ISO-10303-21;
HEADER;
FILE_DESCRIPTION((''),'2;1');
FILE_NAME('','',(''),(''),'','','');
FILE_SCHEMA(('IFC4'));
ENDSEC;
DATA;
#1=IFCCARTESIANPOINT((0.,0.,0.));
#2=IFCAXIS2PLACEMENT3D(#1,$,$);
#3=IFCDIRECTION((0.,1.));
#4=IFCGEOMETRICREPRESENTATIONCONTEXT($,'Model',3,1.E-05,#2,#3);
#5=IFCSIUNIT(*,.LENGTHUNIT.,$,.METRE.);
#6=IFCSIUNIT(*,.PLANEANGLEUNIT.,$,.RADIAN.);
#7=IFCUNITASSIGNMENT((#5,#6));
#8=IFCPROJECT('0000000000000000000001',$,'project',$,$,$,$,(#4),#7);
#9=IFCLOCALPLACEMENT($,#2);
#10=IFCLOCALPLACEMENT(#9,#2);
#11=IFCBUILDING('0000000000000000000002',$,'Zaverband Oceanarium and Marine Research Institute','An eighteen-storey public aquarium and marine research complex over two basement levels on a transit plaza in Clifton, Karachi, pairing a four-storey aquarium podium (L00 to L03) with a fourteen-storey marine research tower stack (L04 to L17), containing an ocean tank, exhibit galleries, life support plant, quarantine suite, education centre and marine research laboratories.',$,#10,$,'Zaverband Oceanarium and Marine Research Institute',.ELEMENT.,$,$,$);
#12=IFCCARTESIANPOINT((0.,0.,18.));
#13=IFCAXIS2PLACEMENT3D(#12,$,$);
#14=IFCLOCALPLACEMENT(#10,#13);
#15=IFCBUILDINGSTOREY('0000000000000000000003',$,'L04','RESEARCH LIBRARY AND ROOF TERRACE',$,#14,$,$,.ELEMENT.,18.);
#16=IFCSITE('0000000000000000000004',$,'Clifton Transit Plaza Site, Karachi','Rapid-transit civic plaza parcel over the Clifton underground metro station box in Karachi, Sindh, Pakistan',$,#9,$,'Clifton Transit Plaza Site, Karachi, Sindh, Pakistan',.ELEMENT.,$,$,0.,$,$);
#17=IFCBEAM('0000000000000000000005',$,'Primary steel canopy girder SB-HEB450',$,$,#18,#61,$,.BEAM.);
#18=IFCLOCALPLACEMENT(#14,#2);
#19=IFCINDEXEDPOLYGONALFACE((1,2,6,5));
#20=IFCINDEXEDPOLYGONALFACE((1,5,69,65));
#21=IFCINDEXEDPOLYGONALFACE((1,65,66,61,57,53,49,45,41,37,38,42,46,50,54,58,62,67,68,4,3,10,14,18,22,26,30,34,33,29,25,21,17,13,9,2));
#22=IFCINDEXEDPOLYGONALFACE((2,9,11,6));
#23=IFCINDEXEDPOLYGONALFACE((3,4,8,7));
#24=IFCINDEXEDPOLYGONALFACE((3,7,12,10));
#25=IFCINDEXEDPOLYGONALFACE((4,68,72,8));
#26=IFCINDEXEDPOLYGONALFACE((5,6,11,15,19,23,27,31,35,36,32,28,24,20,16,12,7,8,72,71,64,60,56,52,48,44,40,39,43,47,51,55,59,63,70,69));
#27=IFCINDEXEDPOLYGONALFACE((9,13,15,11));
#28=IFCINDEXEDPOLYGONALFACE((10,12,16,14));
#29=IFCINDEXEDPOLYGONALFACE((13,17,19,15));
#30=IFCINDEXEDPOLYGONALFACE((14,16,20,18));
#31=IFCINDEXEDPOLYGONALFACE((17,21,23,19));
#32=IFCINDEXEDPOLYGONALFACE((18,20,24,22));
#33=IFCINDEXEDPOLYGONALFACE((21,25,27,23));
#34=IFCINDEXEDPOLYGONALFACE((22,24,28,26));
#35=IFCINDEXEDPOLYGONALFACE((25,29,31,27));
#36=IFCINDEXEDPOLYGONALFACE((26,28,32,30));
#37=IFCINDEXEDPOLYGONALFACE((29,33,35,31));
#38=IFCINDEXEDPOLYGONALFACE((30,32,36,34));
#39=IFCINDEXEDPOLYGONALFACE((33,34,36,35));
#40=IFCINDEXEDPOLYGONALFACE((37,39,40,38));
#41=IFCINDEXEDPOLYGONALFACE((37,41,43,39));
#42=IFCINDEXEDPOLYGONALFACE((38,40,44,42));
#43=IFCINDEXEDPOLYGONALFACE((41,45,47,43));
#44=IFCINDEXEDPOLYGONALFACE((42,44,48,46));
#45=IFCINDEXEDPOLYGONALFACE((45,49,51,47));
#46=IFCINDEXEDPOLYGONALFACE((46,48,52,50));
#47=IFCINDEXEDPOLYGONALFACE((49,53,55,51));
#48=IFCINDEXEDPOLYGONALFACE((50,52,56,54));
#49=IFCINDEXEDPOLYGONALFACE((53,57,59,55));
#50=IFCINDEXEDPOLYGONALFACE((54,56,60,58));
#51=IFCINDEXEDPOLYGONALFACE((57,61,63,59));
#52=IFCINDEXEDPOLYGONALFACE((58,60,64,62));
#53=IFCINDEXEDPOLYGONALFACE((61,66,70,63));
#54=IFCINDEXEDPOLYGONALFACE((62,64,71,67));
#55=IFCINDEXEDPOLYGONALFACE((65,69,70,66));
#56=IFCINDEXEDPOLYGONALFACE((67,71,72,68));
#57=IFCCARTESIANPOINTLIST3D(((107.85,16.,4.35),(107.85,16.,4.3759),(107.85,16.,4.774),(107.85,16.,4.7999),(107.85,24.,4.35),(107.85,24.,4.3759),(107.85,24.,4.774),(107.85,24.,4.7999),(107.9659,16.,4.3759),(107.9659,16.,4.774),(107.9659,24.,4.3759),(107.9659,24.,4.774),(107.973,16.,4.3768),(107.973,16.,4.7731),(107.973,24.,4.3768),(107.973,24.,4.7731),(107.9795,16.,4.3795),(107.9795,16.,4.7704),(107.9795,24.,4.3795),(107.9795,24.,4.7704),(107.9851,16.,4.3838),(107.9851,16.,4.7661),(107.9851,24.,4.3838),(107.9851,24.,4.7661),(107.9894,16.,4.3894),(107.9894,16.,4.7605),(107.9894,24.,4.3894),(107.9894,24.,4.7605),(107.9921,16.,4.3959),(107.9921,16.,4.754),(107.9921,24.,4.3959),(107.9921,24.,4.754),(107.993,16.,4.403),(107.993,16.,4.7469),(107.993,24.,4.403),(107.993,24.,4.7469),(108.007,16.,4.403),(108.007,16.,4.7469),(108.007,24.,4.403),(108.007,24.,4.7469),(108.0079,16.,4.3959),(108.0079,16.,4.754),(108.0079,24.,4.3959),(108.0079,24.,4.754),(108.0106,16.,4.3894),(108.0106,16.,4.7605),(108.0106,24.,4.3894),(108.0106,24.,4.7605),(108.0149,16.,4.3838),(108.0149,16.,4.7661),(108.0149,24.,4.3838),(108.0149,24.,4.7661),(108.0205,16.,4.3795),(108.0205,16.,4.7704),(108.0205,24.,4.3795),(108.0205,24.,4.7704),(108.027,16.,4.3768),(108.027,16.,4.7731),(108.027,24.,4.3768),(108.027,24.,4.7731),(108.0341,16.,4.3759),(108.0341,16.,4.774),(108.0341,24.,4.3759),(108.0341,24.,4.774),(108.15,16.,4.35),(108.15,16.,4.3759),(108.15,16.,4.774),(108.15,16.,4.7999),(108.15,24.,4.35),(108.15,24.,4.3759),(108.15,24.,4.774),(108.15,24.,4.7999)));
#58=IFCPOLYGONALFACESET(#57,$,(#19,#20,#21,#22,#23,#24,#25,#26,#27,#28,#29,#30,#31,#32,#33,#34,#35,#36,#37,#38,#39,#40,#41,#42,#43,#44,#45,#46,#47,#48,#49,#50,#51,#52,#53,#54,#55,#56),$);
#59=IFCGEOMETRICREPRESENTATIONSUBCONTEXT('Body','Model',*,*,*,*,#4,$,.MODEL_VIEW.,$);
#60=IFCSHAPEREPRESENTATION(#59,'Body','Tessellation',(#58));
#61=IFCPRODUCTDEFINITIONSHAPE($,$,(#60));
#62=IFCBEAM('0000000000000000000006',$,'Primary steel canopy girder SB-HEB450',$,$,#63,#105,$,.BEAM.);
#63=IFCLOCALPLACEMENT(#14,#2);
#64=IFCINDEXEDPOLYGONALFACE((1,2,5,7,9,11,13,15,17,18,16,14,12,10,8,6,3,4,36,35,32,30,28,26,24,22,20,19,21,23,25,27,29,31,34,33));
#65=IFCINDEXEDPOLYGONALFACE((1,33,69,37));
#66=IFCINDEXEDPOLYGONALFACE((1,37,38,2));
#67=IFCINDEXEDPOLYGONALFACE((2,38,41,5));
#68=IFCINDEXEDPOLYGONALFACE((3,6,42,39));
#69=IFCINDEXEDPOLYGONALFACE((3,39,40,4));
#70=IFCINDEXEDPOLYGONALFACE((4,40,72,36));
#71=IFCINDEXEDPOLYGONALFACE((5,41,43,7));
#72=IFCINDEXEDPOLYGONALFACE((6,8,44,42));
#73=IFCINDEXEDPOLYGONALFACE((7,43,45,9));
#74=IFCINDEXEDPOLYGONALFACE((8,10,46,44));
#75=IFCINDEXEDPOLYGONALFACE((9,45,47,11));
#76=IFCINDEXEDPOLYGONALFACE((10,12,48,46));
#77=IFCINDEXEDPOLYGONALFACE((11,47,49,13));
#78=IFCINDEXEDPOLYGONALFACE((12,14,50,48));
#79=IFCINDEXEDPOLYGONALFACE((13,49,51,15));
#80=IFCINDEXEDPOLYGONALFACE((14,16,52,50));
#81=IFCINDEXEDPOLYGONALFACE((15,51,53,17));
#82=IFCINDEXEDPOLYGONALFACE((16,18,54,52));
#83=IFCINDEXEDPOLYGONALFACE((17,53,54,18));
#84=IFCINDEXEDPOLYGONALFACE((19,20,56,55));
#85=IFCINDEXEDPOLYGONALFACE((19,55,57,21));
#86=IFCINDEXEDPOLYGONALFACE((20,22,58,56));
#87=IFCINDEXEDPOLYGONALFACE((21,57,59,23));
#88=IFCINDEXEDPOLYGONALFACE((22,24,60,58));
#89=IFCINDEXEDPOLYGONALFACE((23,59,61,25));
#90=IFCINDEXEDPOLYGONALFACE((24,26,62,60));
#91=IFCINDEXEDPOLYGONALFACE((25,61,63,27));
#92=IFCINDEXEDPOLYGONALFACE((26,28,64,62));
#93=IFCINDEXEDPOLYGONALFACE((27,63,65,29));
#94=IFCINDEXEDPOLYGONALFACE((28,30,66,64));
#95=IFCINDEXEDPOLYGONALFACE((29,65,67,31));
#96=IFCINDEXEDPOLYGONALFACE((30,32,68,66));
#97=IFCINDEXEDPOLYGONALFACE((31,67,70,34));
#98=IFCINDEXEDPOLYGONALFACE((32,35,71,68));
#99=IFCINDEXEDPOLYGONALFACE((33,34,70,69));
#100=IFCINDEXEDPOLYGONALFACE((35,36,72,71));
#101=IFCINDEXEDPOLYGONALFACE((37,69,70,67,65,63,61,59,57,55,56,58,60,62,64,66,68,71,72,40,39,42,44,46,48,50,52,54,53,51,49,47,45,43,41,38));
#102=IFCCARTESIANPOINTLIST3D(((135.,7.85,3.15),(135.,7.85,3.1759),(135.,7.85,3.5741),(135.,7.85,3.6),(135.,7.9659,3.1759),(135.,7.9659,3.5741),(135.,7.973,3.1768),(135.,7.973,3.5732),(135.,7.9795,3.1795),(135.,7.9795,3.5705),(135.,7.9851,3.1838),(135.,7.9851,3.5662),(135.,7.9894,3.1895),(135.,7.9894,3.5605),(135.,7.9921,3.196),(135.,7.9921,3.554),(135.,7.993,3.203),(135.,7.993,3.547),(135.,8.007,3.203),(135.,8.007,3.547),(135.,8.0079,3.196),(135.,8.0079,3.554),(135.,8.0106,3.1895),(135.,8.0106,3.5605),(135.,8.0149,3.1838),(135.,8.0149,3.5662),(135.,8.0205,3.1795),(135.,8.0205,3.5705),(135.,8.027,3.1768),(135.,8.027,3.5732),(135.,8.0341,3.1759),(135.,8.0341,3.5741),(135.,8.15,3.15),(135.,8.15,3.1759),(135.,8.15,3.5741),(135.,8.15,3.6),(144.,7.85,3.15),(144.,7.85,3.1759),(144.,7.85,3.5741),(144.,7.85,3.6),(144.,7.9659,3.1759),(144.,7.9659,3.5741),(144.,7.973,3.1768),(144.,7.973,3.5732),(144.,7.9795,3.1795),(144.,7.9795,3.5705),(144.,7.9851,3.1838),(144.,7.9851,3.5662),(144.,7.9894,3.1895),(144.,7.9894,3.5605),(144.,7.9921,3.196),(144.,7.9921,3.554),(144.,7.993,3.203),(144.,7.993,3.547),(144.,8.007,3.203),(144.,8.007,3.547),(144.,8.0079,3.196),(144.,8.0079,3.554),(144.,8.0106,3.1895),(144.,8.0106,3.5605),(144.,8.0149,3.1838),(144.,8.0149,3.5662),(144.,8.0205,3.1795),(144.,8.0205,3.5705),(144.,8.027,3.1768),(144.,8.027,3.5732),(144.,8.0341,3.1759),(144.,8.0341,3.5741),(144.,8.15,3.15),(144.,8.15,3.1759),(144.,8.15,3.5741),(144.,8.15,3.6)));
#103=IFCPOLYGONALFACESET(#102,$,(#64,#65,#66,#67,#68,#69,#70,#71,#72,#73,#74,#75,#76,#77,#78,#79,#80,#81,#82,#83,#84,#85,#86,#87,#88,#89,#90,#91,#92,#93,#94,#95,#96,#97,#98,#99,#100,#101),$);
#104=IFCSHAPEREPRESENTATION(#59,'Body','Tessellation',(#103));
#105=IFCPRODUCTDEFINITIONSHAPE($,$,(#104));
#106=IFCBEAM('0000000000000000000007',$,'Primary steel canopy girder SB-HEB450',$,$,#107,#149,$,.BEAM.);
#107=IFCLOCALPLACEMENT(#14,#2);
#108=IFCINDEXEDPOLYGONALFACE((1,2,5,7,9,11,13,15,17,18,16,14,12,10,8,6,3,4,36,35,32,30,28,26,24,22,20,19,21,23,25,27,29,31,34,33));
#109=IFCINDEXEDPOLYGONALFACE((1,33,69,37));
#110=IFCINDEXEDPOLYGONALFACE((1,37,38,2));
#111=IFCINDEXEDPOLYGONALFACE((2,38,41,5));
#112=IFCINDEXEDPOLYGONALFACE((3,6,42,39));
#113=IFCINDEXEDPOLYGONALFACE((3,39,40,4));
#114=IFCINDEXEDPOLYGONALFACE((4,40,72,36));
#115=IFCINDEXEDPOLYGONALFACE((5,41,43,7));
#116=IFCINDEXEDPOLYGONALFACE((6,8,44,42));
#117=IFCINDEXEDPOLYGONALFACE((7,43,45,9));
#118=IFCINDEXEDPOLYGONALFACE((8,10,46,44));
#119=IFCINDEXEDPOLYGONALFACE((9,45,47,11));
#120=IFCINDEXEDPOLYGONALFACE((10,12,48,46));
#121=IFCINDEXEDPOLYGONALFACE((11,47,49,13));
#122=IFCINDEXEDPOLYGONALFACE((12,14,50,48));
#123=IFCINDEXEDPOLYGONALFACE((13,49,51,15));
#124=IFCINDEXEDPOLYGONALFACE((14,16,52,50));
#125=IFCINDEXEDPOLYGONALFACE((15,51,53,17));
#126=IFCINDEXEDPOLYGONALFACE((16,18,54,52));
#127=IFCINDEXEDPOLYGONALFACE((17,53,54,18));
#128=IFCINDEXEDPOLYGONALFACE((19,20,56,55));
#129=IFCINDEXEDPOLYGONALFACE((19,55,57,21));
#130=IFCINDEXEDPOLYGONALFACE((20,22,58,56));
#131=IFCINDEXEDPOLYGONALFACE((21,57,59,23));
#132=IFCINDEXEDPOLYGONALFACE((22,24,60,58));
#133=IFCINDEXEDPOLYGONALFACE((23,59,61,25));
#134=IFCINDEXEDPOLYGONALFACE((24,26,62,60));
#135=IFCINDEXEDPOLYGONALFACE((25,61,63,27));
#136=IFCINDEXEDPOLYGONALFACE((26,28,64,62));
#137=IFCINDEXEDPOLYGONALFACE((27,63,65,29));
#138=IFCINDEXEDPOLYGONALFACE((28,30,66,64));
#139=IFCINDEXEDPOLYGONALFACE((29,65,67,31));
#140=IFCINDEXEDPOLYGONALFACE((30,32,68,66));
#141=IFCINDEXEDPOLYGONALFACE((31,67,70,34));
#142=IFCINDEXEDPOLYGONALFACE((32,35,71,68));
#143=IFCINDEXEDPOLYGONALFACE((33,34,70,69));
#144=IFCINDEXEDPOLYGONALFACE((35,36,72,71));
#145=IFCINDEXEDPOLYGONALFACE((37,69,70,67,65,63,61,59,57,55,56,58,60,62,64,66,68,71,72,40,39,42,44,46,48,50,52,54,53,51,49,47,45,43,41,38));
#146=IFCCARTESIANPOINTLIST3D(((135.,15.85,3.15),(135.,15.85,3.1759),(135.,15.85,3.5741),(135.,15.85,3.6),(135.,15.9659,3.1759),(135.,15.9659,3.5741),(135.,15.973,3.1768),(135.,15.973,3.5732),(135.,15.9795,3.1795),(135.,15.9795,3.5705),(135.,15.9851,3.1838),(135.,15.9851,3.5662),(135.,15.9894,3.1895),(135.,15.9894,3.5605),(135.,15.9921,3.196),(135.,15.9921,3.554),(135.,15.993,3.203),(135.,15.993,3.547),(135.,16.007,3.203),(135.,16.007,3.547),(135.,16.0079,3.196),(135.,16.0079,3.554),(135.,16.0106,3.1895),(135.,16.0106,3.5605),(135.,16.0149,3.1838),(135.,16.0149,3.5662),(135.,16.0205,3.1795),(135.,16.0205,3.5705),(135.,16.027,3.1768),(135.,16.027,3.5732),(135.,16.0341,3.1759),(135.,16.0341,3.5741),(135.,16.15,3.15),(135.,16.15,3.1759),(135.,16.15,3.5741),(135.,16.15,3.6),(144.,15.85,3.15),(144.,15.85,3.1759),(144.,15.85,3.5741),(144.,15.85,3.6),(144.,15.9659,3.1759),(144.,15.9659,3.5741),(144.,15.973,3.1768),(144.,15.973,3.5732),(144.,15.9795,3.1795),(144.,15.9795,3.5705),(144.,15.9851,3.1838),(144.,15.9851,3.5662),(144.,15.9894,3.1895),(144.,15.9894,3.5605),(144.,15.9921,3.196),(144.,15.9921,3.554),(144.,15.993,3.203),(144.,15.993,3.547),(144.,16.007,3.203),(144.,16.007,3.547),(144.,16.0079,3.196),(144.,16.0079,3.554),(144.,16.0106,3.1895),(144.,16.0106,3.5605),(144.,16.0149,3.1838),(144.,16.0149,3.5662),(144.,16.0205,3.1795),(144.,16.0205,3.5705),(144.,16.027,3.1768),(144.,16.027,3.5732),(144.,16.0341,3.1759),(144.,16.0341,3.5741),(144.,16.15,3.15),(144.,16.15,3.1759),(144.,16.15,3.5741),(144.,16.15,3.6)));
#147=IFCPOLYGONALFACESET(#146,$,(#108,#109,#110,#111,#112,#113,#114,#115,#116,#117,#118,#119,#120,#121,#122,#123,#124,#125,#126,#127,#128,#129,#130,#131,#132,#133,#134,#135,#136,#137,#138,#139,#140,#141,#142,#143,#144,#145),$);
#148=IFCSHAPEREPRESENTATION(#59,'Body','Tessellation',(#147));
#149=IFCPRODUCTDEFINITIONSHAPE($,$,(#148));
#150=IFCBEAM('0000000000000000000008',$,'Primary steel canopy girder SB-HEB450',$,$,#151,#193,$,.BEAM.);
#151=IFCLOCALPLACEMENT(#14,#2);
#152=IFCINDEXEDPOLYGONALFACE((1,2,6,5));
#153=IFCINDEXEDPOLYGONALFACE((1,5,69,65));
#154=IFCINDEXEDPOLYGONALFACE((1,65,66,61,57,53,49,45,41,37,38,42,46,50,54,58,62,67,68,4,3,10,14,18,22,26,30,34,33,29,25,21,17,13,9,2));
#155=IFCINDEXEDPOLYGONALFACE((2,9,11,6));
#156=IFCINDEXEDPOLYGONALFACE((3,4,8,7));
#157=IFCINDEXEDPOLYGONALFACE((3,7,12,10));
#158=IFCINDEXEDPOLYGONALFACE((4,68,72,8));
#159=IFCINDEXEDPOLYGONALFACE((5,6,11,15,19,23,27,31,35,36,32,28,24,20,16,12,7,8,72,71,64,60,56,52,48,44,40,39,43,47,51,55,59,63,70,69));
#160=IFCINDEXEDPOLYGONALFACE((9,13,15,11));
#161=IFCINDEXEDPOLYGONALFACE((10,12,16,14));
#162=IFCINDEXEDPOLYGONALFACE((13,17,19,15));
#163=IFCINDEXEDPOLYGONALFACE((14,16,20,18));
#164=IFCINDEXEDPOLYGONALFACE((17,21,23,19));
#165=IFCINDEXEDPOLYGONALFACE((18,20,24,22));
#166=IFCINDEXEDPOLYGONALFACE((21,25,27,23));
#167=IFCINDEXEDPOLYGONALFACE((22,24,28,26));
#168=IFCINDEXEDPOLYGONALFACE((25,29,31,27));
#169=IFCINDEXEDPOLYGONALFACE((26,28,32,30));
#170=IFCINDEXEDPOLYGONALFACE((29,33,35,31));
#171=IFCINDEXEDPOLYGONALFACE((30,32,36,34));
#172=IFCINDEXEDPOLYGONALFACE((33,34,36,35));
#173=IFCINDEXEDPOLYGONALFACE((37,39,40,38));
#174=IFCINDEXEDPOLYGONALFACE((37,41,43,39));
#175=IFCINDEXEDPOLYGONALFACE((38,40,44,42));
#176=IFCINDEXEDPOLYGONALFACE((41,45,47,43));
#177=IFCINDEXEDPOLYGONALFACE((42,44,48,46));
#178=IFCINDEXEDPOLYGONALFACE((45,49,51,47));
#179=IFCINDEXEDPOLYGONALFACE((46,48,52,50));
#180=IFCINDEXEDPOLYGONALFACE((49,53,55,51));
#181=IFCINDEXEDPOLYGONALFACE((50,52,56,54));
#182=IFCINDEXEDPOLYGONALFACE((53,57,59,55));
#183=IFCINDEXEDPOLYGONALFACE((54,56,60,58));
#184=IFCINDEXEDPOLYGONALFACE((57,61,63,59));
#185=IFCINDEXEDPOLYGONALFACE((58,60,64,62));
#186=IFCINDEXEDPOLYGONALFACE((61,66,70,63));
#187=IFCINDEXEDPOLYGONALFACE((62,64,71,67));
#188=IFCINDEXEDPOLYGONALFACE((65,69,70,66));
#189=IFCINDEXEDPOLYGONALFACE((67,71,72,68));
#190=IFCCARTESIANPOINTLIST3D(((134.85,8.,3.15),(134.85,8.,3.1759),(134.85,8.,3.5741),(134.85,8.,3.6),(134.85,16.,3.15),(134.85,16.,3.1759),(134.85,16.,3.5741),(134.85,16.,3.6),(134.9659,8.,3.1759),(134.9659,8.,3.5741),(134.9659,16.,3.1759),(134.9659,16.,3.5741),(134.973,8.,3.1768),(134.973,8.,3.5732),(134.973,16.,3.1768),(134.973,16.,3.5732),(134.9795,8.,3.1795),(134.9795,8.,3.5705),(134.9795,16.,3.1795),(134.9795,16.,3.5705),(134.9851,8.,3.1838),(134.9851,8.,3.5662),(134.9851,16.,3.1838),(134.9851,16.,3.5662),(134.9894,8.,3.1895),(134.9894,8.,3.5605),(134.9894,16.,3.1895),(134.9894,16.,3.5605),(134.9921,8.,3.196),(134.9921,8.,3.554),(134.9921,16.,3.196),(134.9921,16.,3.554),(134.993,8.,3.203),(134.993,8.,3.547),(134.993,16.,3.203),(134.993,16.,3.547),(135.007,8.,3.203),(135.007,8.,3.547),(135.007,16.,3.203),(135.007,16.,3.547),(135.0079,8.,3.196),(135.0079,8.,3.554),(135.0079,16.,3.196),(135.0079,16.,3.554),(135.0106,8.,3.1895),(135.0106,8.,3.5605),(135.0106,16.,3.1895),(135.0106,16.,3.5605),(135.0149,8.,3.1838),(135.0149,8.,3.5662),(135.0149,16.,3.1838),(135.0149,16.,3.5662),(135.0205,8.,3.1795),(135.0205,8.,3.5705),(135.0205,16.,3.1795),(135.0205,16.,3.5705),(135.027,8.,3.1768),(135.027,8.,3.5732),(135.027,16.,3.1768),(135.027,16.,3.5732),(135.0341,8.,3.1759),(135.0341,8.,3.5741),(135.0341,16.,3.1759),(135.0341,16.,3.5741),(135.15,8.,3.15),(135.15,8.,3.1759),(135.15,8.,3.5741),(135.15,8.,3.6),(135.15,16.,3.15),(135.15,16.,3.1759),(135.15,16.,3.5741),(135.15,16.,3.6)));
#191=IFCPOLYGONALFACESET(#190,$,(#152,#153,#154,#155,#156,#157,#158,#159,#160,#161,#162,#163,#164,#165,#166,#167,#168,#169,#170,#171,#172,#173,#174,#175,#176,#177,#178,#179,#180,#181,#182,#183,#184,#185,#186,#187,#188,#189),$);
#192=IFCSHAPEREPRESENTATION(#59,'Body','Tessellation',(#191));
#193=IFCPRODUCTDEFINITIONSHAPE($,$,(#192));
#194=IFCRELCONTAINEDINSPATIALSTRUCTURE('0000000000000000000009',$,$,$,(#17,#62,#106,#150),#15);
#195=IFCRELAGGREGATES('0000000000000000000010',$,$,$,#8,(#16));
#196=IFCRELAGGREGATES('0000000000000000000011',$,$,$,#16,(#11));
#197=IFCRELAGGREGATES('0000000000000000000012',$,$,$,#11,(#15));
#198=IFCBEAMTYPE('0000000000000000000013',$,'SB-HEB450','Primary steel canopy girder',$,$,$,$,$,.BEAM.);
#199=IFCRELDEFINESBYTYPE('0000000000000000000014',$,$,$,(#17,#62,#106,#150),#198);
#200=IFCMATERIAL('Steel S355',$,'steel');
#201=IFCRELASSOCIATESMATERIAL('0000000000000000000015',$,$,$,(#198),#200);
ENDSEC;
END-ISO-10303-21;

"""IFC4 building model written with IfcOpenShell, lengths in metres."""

from ifc_helpers import new_model, si_unit, direction, frame, origin, origin_2d, place, context, subcontext, project, spatial, i_section, extrude, material, material_profile, profile_set, type_object, element, save


model = new_model("IFC4")

# Units and contexts
model_context = context("Model", 3, precision=1e-05, world=origin(), true_north=direction((0.0, 1.0)))
body_context = subcontext(model_context, "Body", "Model", "MODEL_VIEW")
ifc_project = project(units=[si_unit("LENGTHUNIT", "METRE"), si_unit("PLANEANGLEUNIT", "RADIAN")], contexts=[model_context])

# Site, building, storey
site_placement = place(None, origin())
site = spatial("IfcSite", under=ifc_project, at=site_placement, Name="Clifton Transit Plaza Site, Karachi", Description="Rapid-transit civic plaza parcel over the Clifton underground metro station box in Karachi, Sindh, Pakistan", LongName="Clifton Transit Plaza Site, Karachi, Sindh, Pakistan", CompositionType="ELEMENT", RefElevation=0.0)
building_placement = place(site_placement, origin())
building = spatial("IfcBuilding", under=site, at=building_placement, Name="Zaverband Oceanarium and Marine Research Institute", Description="An eighteen-storey public aquarium and marine research complex over two basement levels on a transit plaza in Clifton, Karachi, pairing a four-storey aquarium podium (L00 to L03) with a fourteen-storey marine research tower stack (L04 to L17), containing an ocean tank, exhibit galleries, life support plant, quarantine suite, education centre and marine research laboratories.", LongName="Zaverband Oceanarium and Marine Research Institute", CompositionType="ELEMENT")
storey_placement = place(building_placement, frame((0.0, 0.0, 18.0)))
storey = spatial("IfcBuildingStorey", under=building, at=storey_placement, Name="L04", Description="RESEARCH LIBRARY AND ROOF TERRACE", CompositionType="ELEMENT", Elevation=18.0)

# Beams
ifc_material_1 = material(Name="Steel S355", Category="steel")
ifc_material_profile_1 = material_profile(ifc_material_1, i_section(OverallWidth=0.3, OverallDepth=0.45, WebThickness=0.0139, FlangeThickness=0.0259, FilletRadius=0.0271, at=origin_2d()), Name="HEB450")
ifc_profile_set_1 = profile_set([ifc_material_profile_1], Name="Steel S355")
beam_type = type_object("IfcBeamType", Name="SB-HEB450", Description="Primary steel canopy girder", PredefinedType="BEAM", material=ifc_profile_set_1)
for number, where, z_axis, x_axis, name in (
    (1, (108.0, 16.0, 4.575), (0.0, 1.0, 0.0), (-1.0, 0.0, 0.0), "Primary steel canopy girder SB-HEB450"),
):
    element("IfcBeam", number, at=place(storey_placement, frame(where, z_axis=z_axis, x_axis=x_axis)), inside=storey, type_object=beam_type, Name=name, PredefinedType="BEAM", context=body_context, shape_type="SweptSolid", body=[
        extrude(i_section(OverallWidth=0.3, OverallDepth=0.45, WebThickness=0.0139, FlangeThickness=0.0259, FilletRadius=0.0271, at=origin_2d()), origin(), (0.0, 0.0, 1.0), 8.0),
    ])
for number, where, z_axis, x_axis, name in (
    (2, (135.0, 8.0, 3.375), (1.0, 0.0, 0.0), (0.0, 1.0, 0.0), "Primary steel canopy girder SB-HEB450"),
    (3, (135.0, 16.0, 3.375), (1.0, 0.0, 0.0), (0.0, 1.0, 0.0), "Primary steel canopy girder SB-HEB450"),
):
    element("IfcBeam", number, at=place(storey_placement, frame(where, z_axis=z_axis, x_axis=x_axis)), inside=storey, type_object=beam_type, Name=name, PredefinedType="BEAM", context=body_context, shape_type="SweptSolid", body=[
        extrude(i_section(OverallWidth=0.3, OverallDepth=0.45, WebThickness=0.0139, FlangeThickness=0.0259, FilletRadius=0.0271, at=origin_2d()), origin(), (0.0, 0.0, 1.0), 9.0),
    ])
for number, where, z_axis, x_axis, name in (
    (4, (135.0, 8.0, 3.375), (0.0, 1.0, 0.0), (-1.0, 0.0, 0.0), "Primary steel canopy girder SB-HEB450"),
):
    element("IfcBeam", number, at=place(storey_placement, frame(where, z_axis=z_axis, x_axis=x_axis)), inside=storey, type_object=beam_type, Name=name, PredefinedType="BEAM", context=body_context, shape_type="SweptSolid", body=[
        extrude(i_section(OverallWidth=0.3, OverallDepth=0.45, WebThickness=0.0139, FlangeThickness=0.0259, FilletRadius=0.0271, at=origin_2d()), origin(), (0.0, 0.0, 1.0), 8.0),
    ])

save(model, "model.ifc")
